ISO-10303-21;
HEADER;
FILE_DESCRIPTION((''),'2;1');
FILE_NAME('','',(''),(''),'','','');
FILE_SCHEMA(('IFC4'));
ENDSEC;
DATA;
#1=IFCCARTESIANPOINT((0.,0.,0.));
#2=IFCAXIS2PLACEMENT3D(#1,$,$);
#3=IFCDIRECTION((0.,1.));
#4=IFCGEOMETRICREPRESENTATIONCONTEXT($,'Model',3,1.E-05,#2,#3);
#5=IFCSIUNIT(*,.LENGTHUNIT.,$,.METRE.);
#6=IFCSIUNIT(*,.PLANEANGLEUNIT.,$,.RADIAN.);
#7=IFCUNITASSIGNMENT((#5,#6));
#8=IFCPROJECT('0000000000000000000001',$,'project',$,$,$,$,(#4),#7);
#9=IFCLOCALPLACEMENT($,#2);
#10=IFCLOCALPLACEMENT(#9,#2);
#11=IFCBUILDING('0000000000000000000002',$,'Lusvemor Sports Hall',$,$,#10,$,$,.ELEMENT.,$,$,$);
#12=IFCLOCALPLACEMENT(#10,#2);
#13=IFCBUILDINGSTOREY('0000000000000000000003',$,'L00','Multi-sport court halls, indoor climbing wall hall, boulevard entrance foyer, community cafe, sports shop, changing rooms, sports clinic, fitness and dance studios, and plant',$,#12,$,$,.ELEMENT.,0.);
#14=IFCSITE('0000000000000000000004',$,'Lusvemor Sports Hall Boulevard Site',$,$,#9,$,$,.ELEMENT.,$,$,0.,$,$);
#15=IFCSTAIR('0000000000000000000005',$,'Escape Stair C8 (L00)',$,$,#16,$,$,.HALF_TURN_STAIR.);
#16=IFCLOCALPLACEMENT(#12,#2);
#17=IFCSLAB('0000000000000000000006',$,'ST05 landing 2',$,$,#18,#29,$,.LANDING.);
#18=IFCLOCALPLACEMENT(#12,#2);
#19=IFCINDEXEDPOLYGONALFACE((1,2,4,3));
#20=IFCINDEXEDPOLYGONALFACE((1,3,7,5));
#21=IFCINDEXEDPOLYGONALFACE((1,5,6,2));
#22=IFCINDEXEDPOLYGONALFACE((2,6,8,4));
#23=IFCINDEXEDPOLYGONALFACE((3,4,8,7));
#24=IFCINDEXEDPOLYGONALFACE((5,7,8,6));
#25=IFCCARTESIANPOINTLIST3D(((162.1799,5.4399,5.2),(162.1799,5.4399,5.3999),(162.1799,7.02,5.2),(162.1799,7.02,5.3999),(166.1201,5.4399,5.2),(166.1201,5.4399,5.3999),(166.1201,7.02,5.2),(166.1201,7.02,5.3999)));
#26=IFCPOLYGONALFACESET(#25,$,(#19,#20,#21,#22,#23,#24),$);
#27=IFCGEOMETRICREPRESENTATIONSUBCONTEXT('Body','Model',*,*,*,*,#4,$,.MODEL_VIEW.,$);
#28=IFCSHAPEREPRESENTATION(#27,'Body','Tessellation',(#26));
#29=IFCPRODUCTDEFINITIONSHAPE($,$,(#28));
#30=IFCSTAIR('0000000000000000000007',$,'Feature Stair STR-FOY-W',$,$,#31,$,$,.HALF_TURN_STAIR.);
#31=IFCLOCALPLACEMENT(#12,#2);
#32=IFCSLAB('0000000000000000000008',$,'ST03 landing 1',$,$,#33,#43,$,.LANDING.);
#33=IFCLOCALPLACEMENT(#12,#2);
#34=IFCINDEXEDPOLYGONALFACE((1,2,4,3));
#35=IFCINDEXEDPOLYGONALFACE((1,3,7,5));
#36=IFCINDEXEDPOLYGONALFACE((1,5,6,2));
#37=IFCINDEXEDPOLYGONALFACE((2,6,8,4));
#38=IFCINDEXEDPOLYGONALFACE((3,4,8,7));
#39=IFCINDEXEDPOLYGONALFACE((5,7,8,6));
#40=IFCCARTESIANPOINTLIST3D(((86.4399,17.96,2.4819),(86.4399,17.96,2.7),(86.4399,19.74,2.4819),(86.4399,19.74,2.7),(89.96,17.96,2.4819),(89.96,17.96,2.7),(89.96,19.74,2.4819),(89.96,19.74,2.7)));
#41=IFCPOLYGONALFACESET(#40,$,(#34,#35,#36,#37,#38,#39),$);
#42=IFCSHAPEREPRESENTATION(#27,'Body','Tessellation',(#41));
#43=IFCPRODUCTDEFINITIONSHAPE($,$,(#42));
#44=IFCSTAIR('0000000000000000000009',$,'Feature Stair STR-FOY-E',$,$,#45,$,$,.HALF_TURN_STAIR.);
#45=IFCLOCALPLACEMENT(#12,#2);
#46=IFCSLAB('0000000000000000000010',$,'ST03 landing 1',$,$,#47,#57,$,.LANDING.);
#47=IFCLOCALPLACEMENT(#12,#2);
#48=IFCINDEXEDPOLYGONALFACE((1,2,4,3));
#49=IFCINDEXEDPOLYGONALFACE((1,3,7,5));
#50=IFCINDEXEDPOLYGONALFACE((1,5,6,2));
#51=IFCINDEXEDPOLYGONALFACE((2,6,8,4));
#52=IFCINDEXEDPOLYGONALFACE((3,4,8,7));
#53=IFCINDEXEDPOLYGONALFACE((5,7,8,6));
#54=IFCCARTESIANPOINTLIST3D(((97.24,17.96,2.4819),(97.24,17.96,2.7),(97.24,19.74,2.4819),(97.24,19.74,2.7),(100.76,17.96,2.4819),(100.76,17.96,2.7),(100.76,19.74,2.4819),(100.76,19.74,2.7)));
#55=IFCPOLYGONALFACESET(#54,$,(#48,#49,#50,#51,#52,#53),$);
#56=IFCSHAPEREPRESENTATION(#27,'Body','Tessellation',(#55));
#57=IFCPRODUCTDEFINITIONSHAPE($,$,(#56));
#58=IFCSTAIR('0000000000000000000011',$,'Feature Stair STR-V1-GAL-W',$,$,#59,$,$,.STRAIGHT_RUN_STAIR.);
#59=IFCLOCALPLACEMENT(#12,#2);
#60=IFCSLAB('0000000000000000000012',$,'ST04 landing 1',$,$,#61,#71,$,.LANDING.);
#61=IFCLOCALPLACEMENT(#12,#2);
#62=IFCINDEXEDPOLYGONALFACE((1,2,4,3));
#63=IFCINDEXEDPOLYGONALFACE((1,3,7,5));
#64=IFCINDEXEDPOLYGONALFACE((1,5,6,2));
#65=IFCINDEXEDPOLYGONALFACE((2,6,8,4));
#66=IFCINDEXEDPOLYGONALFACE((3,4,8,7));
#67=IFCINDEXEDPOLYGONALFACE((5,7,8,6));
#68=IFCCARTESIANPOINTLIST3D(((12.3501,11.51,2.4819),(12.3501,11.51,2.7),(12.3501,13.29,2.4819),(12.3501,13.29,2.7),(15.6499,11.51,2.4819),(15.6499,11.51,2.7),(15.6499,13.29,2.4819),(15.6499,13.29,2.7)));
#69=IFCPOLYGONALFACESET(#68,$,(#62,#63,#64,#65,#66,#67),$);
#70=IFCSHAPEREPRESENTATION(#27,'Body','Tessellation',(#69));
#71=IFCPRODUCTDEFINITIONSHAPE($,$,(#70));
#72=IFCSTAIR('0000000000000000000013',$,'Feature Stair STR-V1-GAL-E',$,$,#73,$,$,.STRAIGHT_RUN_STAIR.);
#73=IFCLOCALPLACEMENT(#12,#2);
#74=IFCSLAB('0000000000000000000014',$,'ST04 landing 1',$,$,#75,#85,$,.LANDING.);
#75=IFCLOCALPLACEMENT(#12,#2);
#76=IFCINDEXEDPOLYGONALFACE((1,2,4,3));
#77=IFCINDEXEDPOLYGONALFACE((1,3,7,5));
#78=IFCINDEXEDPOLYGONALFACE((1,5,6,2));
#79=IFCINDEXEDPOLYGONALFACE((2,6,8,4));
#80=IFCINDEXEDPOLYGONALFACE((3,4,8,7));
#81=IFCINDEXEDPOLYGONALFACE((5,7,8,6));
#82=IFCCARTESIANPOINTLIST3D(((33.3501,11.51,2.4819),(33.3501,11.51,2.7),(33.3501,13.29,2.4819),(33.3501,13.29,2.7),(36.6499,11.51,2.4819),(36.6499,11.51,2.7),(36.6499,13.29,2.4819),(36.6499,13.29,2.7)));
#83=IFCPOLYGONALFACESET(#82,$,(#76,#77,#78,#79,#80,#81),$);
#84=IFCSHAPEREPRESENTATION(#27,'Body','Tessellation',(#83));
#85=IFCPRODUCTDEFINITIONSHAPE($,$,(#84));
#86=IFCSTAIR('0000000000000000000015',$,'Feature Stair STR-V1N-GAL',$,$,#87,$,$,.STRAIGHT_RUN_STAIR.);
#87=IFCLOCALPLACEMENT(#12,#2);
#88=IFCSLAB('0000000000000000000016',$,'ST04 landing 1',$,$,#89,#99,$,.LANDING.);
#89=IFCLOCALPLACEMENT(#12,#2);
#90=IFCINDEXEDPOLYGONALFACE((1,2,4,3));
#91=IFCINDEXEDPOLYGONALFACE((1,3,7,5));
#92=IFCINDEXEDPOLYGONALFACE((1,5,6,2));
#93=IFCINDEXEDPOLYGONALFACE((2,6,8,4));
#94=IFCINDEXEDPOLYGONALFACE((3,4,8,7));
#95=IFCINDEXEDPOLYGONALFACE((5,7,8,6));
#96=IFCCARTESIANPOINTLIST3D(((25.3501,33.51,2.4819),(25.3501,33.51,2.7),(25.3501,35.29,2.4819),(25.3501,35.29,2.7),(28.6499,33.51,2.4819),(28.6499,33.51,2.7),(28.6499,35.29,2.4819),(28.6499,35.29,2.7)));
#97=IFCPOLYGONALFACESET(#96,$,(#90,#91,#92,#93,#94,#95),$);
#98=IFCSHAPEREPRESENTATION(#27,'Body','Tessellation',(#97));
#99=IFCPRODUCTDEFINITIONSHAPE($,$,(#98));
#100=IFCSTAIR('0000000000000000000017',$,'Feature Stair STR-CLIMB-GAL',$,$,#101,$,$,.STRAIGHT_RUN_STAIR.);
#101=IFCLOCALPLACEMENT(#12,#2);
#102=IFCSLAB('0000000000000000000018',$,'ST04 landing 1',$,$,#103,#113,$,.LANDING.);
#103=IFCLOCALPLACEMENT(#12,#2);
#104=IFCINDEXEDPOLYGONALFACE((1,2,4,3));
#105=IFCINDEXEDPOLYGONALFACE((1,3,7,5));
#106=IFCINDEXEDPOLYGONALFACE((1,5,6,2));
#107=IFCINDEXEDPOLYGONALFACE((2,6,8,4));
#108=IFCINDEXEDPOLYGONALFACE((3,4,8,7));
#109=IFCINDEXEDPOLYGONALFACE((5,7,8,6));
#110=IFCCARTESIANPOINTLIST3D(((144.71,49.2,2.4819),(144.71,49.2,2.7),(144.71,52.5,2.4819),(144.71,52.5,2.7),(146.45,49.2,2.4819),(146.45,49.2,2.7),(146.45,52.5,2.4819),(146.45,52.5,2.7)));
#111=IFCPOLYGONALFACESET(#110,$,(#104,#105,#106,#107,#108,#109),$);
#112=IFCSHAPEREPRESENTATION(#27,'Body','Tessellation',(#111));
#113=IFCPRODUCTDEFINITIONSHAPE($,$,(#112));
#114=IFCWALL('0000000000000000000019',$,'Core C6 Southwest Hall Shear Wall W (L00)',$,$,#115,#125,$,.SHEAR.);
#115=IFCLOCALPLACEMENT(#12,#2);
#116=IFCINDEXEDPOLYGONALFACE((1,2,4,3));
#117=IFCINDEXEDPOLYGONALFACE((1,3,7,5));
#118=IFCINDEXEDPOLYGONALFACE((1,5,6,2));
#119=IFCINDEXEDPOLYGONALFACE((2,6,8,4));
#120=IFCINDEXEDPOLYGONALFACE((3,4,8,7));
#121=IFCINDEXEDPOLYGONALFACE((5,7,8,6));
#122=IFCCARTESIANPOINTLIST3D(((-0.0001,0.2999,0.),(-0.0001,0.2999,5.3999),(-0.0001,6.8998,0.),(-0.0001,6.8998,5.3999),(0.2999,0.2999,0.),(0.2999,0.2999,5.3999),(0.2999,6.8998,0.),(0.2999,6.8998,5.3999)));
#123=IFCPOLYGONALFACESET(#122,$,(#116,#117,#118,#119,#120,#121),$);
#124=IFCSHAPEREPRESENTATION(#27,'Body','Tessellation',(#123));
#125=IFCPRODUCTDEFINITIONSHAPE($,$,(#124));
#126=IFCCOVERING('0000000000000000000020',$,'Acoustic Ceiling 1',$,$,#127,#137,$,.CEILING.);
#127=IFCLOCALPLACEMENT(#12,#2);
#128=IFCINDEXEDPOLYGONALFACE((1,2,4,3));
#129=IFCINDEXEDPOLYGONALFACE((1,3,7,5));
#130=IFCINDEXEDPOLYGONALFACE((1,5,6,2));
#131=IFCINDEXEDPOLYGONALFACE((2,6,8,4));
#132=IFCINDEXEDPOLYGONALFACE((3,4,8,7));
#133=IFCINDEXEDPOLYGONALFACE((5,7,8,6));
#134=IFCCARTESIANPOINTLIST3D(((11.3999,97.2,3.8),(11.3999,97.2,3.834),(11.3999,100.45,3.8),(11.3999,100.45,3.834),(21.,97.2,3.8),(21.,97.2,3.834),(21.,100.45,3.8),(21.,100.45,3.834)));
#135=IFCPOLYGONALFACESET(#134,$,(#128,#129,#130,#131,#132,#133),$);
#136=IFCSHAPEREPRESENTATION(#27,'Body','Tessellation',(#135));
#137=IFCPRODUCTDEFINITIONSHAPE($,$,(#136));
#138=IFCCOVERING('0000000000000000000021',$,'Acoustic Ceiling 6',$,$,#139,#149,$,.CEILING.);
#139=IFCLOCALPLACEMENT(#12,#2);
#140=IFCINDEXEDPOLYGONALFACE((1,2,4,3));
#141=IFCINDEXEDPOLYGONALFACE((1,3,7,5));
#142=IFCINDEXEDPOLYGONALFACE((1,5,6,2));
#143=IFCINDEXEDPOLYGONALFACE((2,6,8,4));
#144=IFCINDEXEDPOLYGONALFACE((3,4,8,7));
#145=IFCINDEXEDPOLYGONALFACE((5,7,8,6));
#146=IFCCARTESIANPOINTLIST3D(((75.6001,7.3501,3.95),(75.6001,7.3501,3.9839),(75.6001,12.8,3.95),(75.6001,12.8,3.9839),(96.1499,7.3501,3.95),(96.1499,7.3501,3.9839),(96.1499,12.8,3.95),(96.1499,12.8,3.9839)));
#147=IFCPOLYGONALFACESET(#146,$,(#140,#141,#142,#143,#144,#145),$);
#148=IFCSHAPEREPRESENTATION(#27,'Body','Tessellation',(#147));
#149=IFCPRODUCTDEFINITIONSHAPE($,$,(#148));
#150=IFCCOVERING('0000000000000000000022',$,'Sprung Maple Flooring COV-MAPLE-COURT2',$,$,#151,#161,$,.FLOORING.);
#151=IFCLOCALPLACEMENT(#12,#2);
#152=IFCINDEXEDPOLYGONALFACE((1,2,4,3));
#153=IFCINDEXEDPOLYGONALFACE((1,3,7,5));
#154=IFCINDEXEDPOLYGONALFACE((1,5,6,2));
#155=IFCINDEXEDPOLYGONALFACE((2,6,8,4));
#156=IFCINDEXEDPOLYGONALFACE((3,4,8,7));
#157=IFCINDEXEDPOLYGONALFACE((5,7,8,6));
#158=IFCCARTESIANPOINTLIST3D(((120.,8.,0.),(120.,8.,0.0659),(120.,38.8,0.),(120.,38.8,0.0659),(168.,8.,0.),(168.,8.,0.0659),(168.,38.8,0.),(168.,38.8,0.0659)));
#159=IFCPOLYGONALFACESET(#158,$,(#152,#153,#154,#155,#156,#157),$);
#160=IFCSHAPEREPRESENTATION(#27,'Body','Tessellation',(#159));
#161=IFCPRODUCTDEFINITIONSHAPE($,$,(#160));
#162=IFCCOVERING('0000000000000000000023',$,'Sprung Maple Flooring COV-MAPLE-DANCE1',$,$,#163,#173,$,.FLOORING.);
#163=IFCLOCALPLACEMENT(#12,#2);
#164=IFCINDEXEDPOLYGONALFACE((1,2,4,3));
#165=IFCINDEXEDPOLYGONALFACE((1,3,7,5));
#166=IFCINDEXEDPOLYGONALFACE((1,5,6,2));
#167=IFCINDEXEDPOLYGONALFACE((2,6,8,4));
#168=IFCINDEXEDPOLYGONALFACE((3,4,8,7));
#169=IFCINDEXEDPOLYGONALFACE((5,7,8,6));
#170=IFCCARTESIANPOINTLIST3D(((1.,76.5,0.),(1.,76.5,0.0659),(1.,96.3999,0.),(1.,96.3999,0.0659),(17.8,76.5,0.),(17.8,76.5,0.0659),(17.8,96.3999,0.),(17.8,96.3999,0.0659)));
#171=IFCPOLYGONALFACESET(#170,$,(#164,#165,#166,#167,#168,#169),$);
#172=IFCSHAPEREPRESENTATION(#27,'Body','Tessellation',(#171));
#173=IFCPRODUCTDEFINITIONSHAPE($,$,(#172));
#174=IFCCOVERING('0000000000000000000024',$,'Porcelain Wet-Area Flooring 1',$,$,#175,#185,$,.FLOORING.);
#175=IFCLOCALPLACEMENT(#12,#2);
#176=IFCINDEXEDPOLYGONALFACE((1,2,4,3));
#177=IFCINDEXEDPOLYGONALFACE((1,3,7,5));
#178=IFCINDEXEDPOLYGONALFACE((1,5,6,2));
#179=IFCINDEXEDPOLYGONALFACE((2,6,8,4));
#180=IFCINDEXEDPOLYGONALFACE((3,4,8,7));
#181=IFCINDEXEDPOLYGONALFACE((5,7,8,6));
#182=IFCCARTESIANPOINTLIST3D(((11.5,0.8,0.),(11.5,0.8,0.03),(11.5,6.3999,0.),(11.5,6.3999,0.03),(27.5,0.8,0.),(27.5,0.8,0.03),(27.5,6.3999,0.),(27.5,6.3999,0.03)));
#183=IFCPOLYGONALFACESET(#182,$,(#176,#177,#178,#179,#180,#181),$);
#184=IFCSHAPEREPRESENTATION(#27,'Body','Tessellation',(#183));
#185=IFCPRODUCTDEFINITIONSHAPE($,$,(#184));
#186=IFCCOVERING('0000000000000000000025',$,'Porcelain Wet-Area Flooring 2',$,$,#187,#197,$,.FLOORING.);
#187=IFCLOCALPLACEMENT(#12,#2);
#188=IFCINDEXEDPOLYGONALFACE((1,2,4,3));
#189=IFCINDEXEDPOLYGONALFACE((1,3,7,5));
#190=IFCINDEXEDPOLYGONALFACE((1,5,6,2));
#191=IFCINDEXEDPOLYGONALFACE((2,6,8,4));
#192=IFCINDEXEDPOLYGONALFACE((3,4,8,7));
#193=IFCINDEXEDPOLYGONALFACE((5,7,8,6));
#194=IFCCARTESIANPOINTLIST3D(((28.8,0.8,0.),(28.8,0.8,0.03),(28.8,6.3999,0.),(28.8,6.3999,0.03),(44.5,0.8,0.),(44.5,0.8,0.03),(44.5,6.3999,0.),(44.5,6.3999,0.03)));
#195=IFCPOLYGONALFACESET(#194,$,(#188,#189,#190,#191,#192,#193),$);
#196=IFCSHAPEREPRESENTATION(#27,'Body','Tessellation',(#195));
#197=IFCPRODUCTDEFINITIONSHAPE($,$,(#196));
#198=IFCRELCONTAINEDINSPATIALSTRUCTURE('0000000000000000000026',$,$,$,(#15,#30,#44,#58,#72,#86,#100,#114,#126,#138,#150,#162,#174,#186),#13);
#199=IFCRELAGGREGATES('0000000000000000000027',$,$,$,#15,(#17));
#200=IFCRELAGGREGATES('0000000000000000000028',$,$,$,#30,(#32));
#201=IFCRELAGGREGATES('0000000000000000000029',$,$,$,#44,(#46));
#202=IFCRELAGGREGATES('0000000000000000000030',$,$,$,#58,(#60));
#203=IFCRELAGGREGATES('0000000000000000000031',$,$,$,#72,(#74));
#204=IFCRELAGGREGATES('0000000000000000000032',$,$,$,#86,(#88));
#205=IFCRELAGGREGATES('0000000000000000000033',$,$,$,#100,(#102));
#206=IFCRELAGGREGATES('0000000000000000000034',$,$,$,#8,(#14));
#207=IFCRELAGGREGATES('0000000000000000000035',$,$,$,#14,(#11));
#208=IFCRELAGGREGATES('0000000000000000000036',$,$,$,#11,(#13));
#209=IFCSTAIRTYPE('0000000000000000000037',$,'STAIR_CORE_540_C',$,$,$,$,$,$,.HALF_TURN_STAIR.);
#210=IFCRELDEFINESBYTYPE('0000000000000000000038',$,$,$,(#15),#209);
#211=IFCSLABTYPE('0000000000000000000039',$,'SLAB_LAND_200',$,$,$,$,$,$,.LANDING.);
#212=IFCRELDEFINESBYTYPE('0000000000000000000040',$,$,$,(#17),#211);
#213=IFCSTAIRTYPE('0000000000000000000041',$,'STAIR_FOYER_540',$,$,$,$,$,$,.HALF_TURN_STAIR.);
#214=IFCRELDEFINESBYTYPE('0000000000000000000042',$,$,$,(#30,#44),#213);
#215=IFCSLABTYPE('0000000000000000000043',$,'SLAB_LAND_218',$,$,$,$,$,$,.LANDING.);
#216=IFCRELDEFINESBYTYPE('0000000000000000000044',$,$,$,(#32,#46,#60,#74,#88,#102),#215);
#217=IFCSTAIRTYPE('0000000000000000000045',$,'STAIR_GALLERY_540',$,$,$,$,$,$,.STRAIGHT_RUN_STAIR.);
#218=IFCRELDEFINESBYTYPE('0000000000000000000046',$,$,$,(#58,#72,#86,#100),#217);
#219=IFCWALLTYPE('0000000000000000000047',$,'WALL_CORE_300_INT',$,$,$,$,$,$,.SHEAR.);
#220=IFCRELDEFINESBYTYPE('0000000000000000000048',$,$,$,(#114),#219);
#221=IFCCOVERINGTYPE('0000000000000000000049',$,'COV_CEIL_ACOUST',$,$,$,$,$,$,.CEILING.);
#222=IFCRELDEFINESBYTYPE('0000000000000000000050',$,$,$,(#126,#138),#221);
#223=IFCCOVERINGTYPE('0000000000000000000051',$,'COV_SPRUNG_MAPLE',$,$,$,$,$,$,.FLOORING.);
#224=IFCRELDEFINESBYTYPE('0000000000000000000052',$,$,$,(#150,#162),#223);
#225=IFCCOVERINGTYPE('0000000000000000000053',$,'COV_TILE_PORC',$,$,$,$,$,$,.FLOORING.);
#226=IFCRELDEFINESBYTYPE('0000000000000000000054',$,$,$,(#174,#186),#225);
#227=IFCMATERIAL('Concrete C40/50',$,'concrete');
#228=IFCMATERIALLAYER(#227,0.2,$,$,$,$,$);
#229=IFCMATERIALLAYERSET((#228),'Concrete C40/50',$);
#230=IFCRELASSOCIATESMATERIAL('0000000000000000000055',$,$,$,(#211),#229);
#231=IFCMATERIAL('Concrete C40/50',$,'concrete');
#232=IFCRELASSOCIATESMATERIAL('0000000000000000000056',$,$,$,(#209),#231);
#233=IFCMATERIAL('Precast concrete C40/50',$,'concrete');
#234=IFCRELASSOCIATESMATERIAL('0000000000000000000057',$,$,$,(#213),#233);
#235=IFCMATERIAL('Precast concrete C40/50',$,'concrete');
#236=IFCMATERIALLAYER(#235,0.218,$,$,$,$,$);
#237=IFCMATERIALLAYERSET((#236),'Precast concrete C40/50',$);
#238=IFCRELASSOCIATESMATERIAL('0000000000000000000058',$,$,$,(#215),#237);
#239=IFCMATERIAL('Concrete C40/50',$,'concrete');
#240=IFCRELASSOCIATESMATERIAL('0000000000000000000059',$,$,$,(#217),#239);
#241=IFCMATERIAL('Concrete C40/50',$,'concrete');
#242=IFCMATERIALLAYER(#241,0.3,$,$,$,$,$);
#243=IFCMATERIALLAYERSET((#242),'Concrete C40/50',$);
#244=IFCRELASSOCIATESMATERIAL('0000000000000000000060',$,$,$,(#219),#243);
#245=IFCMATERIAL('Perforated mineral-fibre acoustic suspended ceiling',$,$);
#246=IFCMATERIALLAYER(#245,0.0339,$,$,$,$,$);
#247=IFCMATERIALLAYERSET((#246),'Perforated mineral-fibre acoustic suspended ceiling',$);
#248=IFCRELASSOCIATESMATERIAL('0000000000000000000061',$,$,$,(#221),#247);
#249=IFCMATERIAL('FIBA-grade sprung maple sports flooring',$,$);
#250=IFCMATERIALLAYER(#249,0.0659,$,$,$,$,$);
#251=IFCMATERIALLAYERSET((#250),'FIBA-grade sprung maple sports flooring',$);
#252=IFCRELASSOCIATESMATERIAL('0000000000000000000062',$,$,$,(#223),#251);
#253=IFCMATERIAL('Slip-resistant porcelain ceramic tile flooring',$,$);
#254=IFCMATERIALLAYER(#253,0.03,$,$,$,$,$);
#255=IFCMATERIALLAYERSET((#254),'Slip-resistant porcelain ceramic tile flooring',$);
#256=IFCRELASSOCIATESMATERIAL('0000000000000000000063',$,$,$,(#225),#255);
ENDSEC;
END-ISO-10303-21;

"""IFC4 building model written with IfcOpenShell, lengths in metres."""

from ifc_helpers import new_model, si_unit, direction, frame, frame_2d, origin, place, context, subcontext, project, spatial, polyline, rectangle, outline, extrude, material, layer, layer_set, type_object, element, aggregate, save


model = new_model("IFC4")

# Units and contexts
model_context = context("Model", 3, precision=1e-05, world=origin(), true_north=direction((0.0, 1.0)))
body_context = subcontext(model_context, "Body", "Model", "MODEL_VIEW")
ifc_project = project(units=[si_unit("LENGTHUNIT", "METRE"), si_unit("PLANEANGLEUNIT", "RADIAN")], contexts=[model_context])

# Site, building, storey
site_placement = place(None, origin())
site = spatial("IfcSite", under=ifc_project, at=site_placement, Name="Lusvemor Sports Hall Boulevard Site", CompositionType="ELEMENT", RefElevation=0.0)
building_placement = place(site_placement, origin())
building = spatial("IfcBuilding", under=site, at=building_placement, Name="Lusvemor Sports Hall", CompositionType="ELEMENT")
storey_placement = place(building_placement, origin())
storey = spatial("IfcBuildingStorey", under=building, at=storey_placement, Name="L00", Description="Multi-sport court halls, indoor climbing wall hall, boulevard entrance foyer, community cafe, sports shop, changing rooms, sports clinic, fitness and dance studios, and plant", CompositionType="ELEMENT", Elevation=0.0)

# Stair, slab
ifc_material_1 = material(Name="Concrete C40/50", Category="concrete")
ifc_layer_1 = layer(ifc_material_1, 0.2)
ifc_layer_set_1 = layer_set([ifc_layer_1], Name="Concrete C40/50")
slab_type_1 = type_object("IfcSlabType", Name="SLAB_LAND_200", PredefinedType="LANDING", material=ifc_layer_set_1)
ifc_material_2 = material(Name="Concrete C40/50", Category="concrete")
stair_type_1 = type_object("IfcStairType", Name="STAIR_CORE_540_C", PredefinedType="HALF_TURN_STAIR", material=ifc_material_2)
stair_1_placement = place(storey_placement, origin())
stair_1 = element("IfcStair", 1, at=stair_1_placement, inside=storey, type_object=stair_type_1, Name="Escape Stair C8 (L00)", PredefinedType="HALF_TURN_STAIR")
slab_1_placement = place(storey_placement, frame((0.0, 0.0, 5.2)))
slab_1 = element("IfcSlab", 2, at=slab_1_placement, type_object=slab_type_1, Name="ST05 landing 2", PredefinedType="LANDING", context=body_context, shape_type="SweptSolid", body=[
    extrude(outline(polyline([(162.1799, 5.4399), (166.1201, 5.4399), (166.1201, 7.02), (162.1799, 7.02), (162.1799, 5.4399)])), origin(), (0.0, 0.0, 1.0), 0.2),
])
aggregate(stair_1, [slab_1])

# Stairs, slabs
ifc_material_3 = material(Name="Precast concrete C40/50", Category="concrete")
stair_type_2 = type_object("IfcStairType", Name="STAIR_FOYER_540", PredefinedType="HALF_TURN_STAIR", material=ifc_material_3)
stair_2_placement = place(storey_placement, origin())
stair_2 = element("IfcStair", 3, at=stair_2_placement, inside=storey, type_object=stair_type_2, Name="Feature Stair STR-FOY-W", PredefinedType="HALF_TURN_STAIR")
ifc_material_4 = material(Name="Precast concrete C40/50", Category="concrete")
ifc_layer_2 = layer(ifc_material_4, 0.218)
ifc_layer_set_2 = layer_set([ifc_layer_2], Name="Precast concrete C40/50")
slab_type_2 = type_object("IfcSlabType", Name="SLAB_LAND_218", PredefinedType="LANDING", material=ifc_layer_set_2)
slab_2_placement = place(storey_placement, frame((0.0, 0.0, 2.4819)))
slab_2 = element("IfcSlab", 4, at=slab_2_placement, type_object=slab_type_2, Name="ST03 landing 1", PredefinedType="LANDING", context=body_context, shape_type="SweptSolid", body=[
    extrude(outline(polyline([(86.4399, 17.96), (89.96, 17.96), (89.96, 19.74), (86.4399, 19.74), (86.4399, 17.96)])), origin(), (0.0, 0.0, 1.0), 0.218),
])
aggregate(stair_2, [slab_2])
stair_3_placement = place(storey_placement, origin())
stair_3 = element("IfcStair", 5, at=stair_3_placement, inside=storey, type_object=stair_type_2, Name="Feature Stair STR-FOY-E", PredefinedType="HALF_TURN_STAIR")
slab_3_placement = place(storey_placement, frame((0.0, 0.0, 2.4819)))
slab_3 = element("IfcSlab", 6, at=slab_3_placement, type_object=slab_type_2, Name="ST03 landing 1", PredefinedType="LANDING", context=body_context, shape_type="SweptSolid", body=[
    extrude(outline(polyline([(97.24, 17.96), (100.76, 17.96), (100.76, 19.74), (97.24, 19.74), (97.24, 17.96)])), origin(), (0.0, 0.0, 1.0), 0.218),
])
aggregate(stair_3, [slab_3])
ifc_material_5 = material(Name="Concrete C40/50", Category="concrete")
stair_type_3 = type_object("IfcStairType", Name="STAIR_GALLERY_540", PredefinedType="STRAIGHT_RUN_STAIR", material=ifc_material_5)
stair_4_placement = place(storey_placement, origin())
stair_4 = element("IfcStair", 7, at=stair_4_placement, inside=storey, type_object=stair_type_3, Name="Feature Stair STR-V1-GAL-W", PredefinedType="STRAIGHT_RUN_STAIR")
slab_4_placement = place(storey_placement, frame((0.0, 0.0, 2.4819)))
slab_4 = element("IfcSlab", 8, at=slab_4_placement, type_object=slab_type_2, Name="ST04 landing 1", PredefinedType="LANDING", context=body_context, shape_type="SweptSolid", body=[
    extrude(outline(polyline([(12.3501, 11.51), (15.6499, 11.51), (15.6499, 13.29), (12.3501, 13.29), (12.3501, 11.51)])), origin(), (0.0, 0.0, 1.0), 0.218),
])
aggregate(stair_4, [slab_4])
stair_5_placement = place(storey_placement, origin())
stair_5 = element("IfcStair", 9, at=stair_5_placement, inside=storey, type_object=stair_type_3, Name="Feature Stair STR-V1-GAL-E", PredefinedType="STRAIGHT_RUN_STAIR")
slab_5_placement = place(storey_placement, frame((0.0, 0.0, 2.4819)))
slab_5 = element("IfcSlab", 10, at=slab_5_placement, type_object=slab_type_2, Name="ST04 landing 1", PredefinedType="LANDING", context=body_context, shape_type="SweptSolid", body=[
    extrude(outline(polyline([(33.3501, 11.51), (36.6499, 11.51), (36.6499, 13.29), (33.3501, 13.29), (33.3501, 11.51)])), origin(), (0.0, 0.0, 1.0), 0.218),
])
aggregate(stair_5, [slab_5])
stair_6_placement = place(storey_placement, origin())
stair_6 = element("IfcStair", 11, at=stair_6_placement, inside=storey, type_object=stair_type_3, Name="Feature Stair STR-V1N-GAL", PredefinedType="STRAIGHT_RUN_STAIR")
slab_6_placement = place(storey_placement, frame((0.0, 0.0, 2.4819)))
slab_6 = element("IfcSlab", 12, at=slab_6_placement, type_object=slab_type_2, Name="ST04 landing 1", PredefinedType="LANDING", context=body_context, shape_type="SweptSolid", body=[
    extrude(outline(polyline([(25.3501, 33.51), (28.6499, 33.51), (28.6499, 35.29), (25.3501, 35.29), (25.3501, 33.51)])), origin(), (0.0, 0.0, 1.0), 0.218),
])
aggregate(stair_6, [slab_6])
stair_7_placement = place(storey_placement, origin())
stair_7 = element("IfcStair", 13, at=stair_7_placement, inside=storey, type_object=stair_type_3, Name="Feature Stair STR-CLIMB-GAL", PredefinedType="STRAIGHT_RUN_STAIR")
slab_7_placement = place(storey_placement, frame((0.0, 0.0, 2.4819)))
slab_7 = element("IfcSlab", 14, at=slab_7_placement, type_object=slab_type_2, Name="ST04 landing 1", PredefinedType="LANDING", context=body_context, shape_type="SweptSolid", body=[
    extrude(outline(polyline([(144.71, 49.2), (146.45, 49.2), (146.45, 52.5), (144.71, 52.5), (144.71, 49.2)])), origin(), (0.0, 0.0, 1.0), 0.218),
])
aggregate(stair_7, [slab_7])

# Wall
ifc_material_6 = material(Name="Concrete C40/50", Category="concrete")
ifc_layer_3 = layer(ifc_material_6, 0.3)
ifc_layer_set_3 = layer_set([ifc_layer_3], Name="Concrete C40/50")
wall_type = type_object("IfcWallType", Name="WALL_CORE_300_INT", PredefinedType="SHEAR", material=ifc_layer_set_3)
wall_placement = place(storey_placement, frame((0.1499, 0.3, 0.0), z_axis=(0.0, 0.0, 1.0), x_axis=(0.0, 1.0, 0.0)))
element("IfcWall", 15, at=wall_placement, inside=storey, type_object=wall_type, Name="Core C6 Southwest Hall Shear Wall W (L00)", PredefinedType="SHEAR", context=body_context, shape_type="SweptSolid", body=[
    extrude(rectangle(XDim=6.5999, YDim=0.3, at=frame_2d((3.2998, 0.0))), origin(), (0.0, 0.0, 1.0), 5.3999),
])

# Coverings
ifc_material_7 = material(Name="Perforated mineral-fibre acoustic suspended ceiling")
ifc_layer_4 = layer(ifc_material_7, 0.0339)
ifc_layer_set_4 = layer_set([ifc_layer_4], Name="Perforated mineral-fibre acoustic suspended ceiling")
covering_type_1 = type_object("IfcCoveringType", Name="COV_CEIL_ACOUST", PredefinedType="CEILING", material=ifc_layer_set_4)
covering_1_placement = place(storey_placement, frame((0.0, 0.0, 3.8)))
element("IfcCovering", 16, at=covering_1_placement, inside=storey, type_object=covering_type_1, Name="Acoustic Ceiling 1", PredefinedType="CEILING", context=body_context, shape_type="SweptSolid", body=[
    extrude(outline(polyline([(11.3999, 97.2), (21.0, 97.2), (21.0, 100.45), (11.3999, 100.45), (11.3999, 97.2)])), origin(), (0.0, 0.0, 1.0), 0.0339),
])
covering_2_placement = place(storey_placement, frame((0.0, 0.0, 3.95)))
element("IfcCovering", 17, at=covering_2_placement, inside=storey, type_object=covering_type_1, Name="Acoustic Ceiling 6", PredefinedType="CEILING", context=body_context, shape_type="SweptSolid", body=[
    extrude(outline(polyline([(75.6001, 7.3501), (96.1499, 7.3501), (96.1499, 12.8), (75.6001, 12.8), (75.6001, 7.3501)])), origin(), (0.0, 0.0, 1.0), 0.0339),
])
ifc_material_8 = material(Name="FIBA-grade sprung maple sports flooring")
ifc_layer_5 = layer(ifc_material_8, 0.0659)
ifc_layer_set_5 = layer_set([ifc_layer_5], Name="FIBA-grade sprung maple sports flooring")
covering_type_2 = type_object("IfcCoveringType", Name="COV_SPRUNG_MAPLE", PredefinedType="FLOORING", material=ifc_layer_set_5)
covering_3_placement = place(storey_placement, origin())
element("IfcCovering", 18, at=covering_3_placement, inside=storey, type_object=covering_type_2, Name="Sprung Maple Flooring COV-MAPLE-COURT2", PredefinedType="FLOORING", context=body_context, shape_type="SweptSolid", body=[
    extrude(outline(polyline([(120.0, 8.0), (168.0, 8.0), (168.0, 38.8), (120.0, 38.8), (120.0, 8.0)])), origin(), (0.0, 0.0, 1.0), 0.0659),
])
covering_4_placement = place(storey_placement, origin())
element("IfcCovering", 19, at=covering_4_placement, inside=storey, type_object=covering_type_2, Name="Sprung Maple Flooring COV-MAPLE-DANCE1", PredefinedType="FLOORING", context=body_context, shape_type="SweptSolid", body=[
    extrude(outline(polyline([(1.0, 76.5), (17.8, 76.5), (17.8, 96.3999), (1.0, 96.3999), (1.0, 76.5)])), origin(), (0.0, 0.0, 1.0), 0.0659),
])
ifc_material_9 = material(Name="Slip-resistant porcelain ceramic tile flooring")
ifc_layer_6 = layer(ifc_material_9, 0.03)
ifc_layer_set_6 = layer_set([ifc_layer_6], Name="Slip-resistant porcelain ceramic tile flooring")
covering_type_3 = type_object("IfcCoveringType", Name="COV_TILE_PORC", PredefinedType="FLOORING", material=ifc_layer_set_6)
covering_5_placement = place(storey_placement, origin())
element("IfcCovering", 20, at=covering_5_placement, inside=storey, type_object=covering_type_3, Name="Porcelain Wet-Area Flooring 1", PredefinedType="FLOORING", context=body_context, shape_type="SweptSolid", body=[
    extrude(outline(polyline([(11.5, 0.8), (27.5, 0.8), (27.5, 6.3999), (11.5, 6.3999), (11.5, 0.8)])), origin(), (0.0, 0.0, 1.0), 0.03),
])
covering_6_placement = place(storey_placement, origin())
element("IfcCovering", 21, at=covering_6_placement, inside=storey, type_object=covering_type_3, Name="Porcelain Wet-Area Flooring 2", PredefinedType="FLOORING", context=body_context, shape_type="SweptSolid", body=[
    extrude(outline(polyline([(28.8, 0.8), (44.5, 0.8), (44.5, 6.3999), (28.8, 6.3999), (28.8, 0.8)])), origin(), (0.0, 0.0, 1.0), 0.03),
])

save(model, "model.ifc")
